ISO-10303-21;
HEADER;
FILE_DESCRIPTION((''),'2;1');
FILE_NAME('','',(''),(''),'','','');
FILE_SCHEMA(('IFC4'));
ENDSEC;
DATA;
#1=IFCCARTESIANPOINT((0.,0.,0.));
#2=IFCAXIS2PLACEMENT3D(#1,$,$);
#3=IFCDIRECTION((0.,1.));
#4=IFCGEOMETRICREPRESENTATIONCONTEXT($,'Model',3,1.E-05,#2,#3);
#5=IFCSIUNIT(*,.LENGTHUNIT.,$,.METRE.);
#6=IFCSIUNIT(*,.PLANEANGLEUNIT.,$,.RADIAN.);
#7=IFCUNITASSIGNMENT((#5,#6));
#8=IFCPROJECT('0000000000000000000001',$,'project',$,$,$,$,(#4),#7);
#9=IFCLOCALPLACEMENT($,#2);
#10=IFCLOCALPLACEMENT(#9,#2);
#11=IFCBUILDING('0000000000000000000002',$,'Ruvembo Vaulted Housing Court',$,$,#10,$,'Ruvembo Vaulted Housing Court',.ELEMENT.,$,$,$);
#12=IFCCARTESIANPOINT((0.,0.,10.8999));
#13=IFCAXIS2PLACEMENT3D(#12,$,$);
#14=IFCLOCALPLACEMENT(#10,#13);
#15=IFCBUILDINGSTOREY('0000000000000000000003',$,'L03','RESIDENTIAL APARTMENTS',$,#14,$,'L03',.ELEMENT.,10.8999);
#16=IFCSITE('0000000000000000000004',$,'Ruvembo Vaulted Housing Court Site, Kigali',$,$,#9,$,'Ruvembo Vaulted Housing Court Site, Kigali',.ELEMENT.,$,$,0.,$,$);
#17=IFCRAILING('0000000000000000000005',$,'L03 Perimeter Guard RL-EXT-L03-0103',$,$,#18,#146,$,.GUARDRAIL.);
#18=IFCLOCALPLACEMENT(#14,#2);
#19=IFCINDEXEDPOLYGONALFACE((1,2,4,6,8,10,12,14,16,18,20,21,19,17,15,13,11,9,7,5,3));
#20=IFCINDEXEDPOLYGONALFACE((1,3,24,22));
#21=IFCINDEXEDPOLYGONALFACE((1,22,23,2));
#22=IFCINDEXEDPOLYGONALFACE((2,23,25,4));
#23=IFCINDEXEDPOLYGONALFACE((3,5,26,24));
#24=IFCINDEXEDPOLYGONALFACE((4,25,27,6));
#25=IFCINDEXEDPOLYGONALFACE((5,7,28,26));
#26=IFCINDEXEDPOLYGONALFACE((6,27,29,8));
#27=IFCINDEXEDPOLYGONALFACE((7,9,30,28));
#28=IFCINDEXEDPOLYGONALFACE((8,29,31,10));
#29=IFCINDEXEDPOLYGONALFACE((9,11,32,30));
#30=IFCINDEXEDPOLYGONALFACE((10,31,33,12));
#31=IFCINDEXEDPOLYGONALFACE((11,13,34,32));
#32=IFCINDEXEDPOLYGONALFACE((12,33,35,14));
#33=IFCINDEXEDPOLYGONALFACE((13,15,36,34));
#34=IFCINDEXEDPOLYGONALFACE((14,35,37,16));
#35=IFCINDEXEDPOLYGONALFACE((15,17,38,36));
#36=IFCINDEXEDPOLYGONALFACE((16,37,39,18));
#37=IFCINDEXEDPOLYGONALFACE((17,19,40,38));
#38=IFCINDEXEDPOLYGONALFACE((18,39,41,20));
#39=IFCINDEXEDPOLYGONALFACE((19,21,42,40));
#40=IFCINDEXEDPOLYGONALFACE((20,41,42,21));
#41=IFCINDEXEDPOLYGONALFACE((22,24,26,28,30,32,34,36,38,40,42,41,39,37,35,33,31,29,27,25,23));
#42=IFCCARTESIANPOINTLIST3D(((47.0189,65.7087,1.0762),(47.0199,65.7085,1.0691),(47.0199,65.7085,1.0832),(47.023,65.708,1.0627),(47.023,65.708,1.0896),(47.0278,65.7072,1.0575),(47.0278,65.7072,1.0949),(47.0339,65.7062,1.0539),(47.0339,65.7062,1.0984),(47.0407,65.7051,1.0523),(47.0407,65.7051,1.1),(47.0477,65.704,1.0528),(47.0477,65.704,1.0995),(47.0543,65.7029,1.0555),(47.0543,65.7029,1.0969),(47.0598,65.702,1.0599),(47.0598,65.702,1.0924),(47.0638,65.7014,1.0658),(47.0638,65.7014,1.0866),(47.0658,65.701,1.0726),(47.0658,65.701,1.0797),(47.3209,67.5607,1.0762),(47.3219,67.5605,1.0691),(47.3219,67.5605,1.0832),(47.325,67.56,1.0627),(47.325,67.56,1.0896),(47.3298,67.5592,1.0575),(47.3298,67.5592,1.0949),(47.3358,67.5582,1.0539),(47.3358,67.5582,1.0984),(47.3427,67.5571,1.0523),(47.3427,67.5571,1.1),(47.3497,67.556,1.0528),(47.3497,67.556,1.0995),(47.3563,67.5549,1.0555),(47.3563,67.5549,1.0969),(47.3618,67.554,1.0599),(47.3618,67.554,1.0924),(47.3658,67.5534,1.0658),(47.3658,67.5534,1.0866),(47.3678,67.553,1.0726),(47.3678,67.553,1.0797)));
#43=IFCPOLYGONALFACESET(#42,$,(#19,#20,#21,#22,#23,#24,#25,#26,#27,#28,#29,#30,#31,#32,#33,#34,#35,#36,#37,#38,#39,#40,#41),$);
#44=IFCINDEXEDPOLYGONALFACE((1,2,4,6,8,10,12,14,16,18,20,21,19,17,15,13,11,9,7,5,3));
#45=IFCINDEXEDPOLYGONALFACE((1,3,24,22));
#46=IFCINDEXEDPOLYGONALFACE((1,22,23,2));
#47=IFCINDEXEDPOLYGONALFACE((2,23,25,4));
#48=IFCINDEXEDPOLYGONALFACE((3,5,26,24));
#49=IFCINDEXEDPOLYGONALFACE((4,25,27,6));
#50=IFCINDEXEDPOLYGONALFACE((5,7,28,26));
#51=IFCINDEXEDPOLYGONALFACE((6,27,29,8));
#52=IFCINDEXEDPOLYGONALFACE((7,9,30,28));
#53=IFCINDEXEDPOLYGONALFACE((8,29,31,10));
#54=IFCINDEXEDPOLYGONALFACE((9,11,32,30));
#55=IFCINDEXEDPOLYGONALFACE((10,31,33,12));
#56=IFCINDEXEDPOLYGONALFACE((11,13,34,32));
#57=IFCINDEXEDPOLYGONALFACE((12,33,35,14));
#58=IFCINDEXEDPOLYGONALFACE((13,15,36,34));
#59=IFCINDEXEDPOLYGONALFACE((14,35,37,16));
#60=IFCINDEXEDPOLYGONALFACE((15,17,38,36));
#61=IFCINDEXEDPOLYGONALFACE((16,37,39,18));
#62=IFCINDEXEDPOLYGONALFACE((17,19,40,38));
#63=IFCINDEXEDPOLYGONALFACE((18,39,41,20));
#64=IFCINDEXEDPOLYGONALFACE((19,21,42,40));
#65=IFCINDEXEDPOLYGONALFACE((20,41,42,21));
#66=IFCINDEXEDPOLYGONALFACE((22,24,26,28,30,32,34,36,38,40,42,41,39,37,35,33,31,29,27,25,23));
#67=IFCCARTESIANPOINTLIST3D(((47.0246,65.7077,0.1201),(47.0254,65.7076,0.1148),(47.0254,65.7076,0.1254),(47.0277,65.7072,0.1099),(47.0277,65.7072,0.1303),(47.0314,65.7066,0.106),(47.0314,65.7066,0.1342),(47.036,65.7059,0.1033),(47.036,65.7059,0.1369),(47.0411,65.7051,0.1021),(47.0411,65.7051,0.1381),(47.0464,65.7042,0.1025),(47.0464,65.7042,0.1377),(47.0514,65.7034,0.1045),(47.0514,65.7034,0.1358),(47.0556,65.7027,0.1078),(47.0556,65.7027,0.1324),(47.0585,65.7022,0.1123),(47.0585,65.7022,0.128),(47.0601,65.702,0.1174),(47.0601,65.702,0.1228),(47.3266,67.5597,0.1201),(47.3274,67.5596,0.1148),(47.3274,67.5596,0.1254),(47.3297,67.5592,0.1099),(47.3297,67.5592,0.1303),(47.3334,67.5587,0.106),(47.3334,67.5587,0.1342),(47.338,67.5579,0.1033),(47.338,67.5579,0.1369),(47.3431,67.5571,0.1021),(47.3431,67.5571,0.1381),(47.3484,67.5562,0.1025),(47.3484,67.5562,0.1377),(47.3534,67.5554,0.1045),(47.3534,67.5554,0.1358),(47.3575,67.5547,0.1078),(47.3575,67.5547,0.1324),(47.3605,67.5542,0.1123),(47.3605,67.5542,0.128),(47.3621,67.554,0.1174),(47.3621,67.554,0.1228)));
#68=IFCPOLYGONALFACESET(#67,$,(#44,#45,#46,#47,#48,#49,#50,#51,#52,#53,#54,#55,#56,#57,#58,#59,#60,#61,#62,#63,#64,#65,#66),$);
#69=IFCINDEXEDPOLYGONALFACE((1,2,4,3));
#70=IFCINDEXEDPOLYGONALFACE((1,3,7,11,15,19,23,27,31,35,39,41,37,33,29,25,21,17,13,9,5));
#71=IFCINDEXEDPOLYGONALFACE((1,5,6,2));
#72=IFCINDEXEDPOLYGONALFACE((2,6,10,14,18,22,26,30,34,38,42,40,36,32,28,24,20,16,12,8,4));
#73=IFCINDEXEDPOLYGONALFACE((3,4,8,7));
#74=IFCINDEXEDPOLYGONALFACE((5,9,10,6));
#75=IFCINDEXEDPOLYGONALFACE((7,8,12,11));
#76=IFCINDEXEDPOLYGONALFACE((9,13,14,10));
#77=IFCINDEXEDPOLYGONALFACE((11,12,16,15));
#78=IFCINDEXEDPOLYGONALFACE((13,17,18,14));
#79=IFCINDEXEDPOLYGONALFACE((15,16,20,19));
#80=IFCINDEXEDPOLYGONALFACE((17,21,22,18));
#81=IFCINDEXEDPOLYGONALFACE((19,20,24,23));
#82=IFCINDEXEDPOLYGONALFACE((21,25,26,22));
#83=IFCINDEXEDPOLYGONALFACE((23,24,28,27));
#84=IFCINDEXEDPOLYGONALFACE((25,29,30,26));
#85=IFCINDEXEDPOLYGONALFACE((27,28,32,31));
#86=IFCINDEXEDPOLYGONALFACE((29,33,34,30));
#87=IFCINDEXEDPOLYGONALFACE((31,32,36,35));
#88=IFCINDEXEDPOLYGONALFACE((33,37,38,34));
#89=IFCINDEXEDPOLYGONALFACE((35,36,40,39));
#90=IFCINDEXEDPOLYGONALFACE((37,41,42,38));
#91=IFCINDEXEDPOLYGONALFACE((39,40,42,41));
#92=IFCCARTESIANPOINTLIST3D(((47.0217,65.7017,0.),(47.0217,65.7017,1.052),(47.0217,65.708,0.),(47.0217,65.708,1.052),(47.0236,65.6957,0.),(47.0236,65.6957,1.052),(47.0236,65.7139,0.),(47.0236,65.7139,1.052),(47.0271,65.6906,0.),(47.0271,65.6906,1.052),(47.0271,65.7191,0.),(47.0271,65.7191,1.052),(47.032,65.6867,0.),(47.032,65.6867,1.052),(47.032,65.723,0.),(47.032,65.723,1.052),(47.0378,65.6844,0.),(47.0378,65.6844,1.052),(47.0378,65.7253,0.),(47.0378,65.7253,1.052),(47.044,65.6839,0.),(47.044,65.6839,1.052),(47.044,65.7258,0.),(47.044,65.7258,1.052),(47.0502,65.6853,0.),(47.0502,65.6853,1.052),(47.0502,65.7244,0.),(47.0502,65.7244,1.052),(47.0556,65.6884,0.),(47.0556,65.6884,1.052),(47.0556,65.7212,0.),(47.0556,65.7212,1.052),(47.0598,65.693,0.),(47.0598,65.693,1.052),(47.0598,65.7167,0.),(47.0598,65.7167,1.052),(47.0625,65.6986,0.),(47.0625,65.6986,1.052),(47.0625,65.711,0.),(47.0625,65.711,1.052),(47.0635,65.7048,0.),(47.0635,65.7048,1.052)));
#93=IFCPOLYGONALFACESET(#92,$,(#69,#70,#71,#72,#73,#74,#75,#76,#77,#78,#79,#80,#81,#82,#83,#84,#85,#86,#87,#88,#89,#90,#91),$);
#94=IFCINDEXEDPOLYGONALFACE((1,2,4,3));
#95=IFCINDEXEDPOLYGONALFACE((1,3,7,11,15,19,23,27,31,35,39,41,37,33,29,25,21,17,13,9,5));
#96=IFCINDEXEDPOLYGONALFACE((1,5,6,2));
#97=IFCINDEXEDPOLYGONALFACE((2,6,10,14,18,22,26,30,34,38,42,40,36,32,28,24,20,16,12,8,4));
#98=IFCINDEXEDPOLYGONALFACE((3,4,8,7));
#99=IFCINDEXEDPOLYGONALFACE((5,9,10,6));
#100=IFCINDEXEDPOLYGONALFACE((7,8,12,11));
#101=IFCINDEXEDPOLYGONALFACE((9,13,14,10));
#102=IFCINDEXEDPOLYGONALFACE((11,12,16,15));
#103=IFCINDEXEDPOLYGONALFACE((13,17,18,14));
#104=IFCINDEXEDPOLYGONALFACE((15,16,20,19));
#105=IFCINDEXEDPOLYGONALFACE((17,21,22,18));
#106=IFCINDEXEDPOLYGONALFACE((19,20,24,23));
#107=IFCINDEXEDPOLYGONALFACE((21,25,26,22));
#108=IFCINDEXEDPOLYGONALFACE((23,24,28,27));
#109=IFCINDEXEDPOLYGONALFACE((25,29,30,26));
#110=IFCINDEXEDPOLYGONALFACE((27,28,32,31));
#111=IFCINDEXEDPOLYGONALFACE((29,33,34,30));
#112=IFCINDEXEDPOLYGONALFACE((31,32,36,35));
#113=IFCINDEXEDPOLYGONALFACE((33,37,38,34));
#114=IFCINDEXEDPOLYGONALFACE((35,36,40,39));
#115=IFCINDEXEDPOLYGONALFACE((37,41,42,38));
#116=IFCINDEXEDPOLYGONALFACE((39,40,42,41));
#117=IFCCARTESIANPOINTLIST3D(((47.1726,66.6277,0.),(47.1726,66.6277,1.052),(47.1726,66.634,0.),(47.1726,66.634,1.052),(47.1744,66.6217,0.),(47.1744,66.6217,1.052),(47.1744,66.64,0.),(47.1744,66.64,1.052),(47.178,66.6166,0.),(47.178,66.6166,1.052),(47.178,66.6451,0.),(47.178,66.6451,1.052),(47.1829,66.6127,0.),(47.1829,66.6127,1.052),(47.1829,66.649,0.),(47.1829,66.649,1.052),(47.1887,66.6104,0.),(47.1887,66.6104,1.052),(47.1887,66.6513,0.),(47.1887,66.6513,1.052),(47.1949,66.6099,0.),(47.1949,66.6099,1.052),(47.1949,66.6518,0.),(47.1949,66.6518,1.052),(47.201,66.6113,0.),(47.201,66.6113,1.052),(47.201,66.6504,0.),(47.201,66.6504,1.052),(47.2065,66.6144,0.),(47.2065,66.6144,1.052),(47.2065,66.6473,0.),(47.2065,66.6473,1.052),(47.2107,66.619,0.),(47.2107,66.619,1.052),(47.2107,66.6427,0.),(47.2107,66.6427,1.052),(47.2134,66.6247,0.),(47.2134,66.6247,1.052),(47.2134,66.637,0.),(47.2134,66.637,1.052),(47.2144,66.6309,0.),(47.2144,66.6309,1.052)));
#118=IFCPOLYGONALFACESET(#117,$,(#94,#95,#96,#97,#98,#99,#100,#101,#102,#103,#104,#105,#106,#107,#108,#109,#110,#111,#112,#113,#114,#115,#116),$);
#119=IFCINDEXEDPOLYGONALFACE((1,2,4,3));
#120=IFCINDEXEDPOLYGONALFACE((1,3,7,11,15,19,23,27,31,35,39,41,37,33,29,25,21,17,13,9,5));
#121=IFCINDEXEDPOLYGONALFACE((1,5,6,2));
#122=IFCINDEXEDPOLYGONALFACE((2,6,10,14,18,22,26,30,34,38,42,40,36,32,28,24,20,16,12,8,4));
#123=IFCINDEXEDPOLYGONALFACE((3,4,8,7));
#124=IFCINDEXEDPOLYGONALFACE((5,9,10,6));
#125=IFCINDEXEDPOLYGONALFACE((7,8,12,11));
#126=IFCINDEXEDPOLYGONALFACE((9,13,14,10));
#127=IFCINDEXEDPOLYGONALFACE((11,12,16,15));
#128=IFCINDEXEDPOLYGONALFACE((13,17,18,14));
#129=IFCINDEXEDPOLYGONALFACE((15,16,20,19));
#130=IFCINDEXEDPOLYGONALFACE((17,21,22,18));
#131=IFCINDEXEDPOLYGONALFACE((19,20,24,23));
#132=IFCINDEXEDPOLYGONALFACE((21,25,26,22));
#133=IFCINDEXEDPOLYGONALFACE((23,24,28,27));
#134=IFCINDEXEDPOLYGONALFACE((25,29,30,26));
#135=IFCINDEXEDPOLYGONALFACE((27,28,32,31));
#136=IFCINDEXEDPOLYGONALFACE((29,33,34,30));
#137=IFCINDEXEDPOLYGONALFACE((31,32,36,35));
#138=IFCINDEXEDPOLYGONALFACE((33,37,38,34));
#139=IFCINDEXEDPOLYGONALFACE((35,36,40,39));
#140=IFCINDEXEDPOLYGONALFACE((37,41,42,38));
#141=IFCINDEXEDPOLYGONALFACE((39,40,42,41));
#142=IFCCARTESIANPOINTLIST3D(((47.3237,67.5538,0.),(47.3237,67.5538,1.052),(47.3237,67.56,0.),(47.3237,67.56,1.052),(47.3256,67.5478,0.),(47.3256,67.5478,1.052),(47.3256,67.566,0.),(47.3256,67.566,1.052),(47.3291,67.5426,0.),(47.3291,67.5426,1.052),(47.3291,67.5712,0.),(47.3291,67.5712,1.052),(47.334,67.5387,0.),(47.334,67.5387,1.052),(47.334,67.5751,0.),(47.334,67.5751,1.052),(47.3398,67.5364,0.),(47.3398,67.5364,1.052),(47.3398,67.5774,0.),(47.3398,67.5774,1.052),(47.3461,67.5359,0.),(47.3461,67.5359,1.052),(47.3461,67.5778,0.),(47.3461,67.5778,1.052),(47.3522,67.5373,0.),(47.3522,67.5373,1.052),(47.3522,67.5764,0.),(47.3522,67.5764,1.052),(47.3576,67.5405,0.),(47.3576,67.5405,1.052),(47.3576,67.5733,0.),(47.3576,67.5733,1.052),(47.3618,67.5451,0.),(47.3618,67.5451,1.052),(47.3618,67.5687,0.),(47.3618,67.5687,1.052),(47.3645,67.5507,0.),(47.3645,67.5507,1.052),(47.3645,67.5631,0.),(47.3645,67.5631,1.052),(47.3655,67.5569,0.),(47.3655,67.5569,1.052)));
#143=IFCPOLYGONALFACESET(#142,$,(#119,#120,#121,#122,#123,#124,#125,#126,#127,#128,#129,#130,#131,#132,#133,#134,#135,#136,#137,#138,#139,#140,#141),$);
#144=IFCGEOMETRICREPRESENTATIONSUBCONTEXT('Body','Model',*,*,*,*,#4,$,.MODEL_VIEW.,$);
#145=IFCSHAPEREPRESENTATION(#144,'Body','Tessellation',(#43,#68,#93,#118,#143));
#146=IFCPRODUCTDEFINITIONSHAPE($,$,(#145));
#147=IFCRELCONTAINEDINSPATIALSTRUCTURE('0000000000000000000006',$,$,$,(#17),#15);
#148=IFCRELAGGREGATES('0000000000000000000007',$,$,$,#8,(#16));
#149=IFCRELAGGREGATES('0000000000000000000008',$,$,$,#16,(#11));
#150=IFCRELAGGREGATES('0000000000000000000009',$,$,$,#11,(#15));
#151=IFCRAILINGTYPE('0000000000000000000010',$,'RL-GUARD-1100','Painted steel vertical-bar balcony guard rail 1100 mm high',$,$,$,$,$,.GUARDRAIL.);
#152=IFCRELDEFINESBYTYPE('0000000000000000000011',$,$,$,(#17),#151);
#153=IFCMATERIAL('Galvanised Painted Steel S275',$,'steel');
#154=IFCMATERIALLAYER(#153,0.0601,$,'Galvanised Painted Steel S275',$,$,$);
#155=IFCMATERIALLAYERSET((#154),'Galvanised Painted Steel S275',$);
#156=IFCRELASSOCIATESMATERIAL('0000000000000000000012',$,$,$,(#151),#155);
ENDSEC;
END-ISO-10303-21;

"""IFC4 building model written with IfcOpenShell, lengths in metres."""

from ifc_helpers import new_model, si_unit, direction, frame, origin, origin_2d, place, context, subcontext, project, spatial, circle, extrude, material, layer, layer_set, type_object, element, save


model = new_model("IFC4")

# Units and contexts
model_context = context("Model", 3, precision=1e-05, world=origin(), true_north=direction((0.0, 1.0)))
body_context = subcontext(model_context, "Body", "Model", "MODEL_VIEW")
ifc_project = project(units=[si_unit("LENGTHUNIT", "METRE"), si_unit("PLANEANGLEUNIT", "RADIAN")], contexts=[model_context])

# Site, building, storey
site_placement = place(None, origin())
site = spatial("IfcSite", under=ifc_project, at=site_placement, Name="Ruvembo Vaulted Housing Court Site, Kigali", LongName="Ruvembo Vaulted Housing Court Site, Kigali", CompositionType="ELEMENT", RefElevation=0.0)
building_placement = place(site_placement, origin())
building = spatial("IfcBuilding", under=site, at=building_placement, Name="Ruvembo Vaulted Housing Court", LongName="Ruvembo Vaulted Housing Court", CompositionType="ELEMENT")
storey_placement = place(building_placement, frame((0.0, 0.0, 10.8999)))
storey = spatial("IfcBuildingStorey", under=building, at=storey_placement, Name="L03", Description="RESIDENTIAL APARTMENTS", LongName="L03", CompositionType="ELEMENT", Elevation=10.8999)

# Railing
ifc_material_1 = material(Name="Galvanised Painted Steel S275", Category="steel")
ifc_layer = layer(ifc_material_1, 0.0601, Name="Galvanised Painted Steel S275")
ifc_layer_set = layer_set([ifc_layer], Name="Galvanised Painted Steel S275")
railing_type = type_object("IfcRailingType", Name="RL-GUARD-1100", Description="Painted steel vertical-bar balcony guard rail 1100 mm high", PredefinedType="GUARDRAIL", material=ifc_layer_set)
railing_1_placement = place(storey_placement, frame((47.0425, 65.7048, 0.0)))
element("IfcRailing", 1, at=railing_1_placement, inside=storey, type_object=railing_type, Name="L03 Perimeter Guard RL-EXT-L03-0103", PredefinedType="GUARDRAIL", context=body_context, shape_type="SweptSolid", body=[
    extrude(circle(Radius=0.0239, at=origin_2d()), frame((0.0, 0.0, 1.0762), z_axis=(0.160938, 0.986965, 0.0), x_axis=(-0.986965, 0.160938, 0.0)), (0.0, 0.0, 1.0), 1.8765),
    extrude(circle(Radius=0.0181, at=origin_2d()), frame((0.0, 0.0, 0.1201), z_axis=(0.160938, 0.986965, 0.0), x_axis=(-0.986965, 0.160938, 0.0)), (0.0, 0.0, 1.0), 1.8765),
    extrude(circle(Radius=0.021, at=origin_2d()), origin(), (0.0, 0.0, 1.0), 1.052),
    extrude(circle(Radius=0.021, at=origin_2d()), frame((0.1509, 0.926, 0.0)), (0.0, 0.0, 1.0), 1.052),
    extrude(circle(Radius=0.021, at=origin_2d()), frame((0.302, 1.8521, 0.0)), (0.0, 0.0, 1.0), 1.052),
])

save(model, "model.ifc")
